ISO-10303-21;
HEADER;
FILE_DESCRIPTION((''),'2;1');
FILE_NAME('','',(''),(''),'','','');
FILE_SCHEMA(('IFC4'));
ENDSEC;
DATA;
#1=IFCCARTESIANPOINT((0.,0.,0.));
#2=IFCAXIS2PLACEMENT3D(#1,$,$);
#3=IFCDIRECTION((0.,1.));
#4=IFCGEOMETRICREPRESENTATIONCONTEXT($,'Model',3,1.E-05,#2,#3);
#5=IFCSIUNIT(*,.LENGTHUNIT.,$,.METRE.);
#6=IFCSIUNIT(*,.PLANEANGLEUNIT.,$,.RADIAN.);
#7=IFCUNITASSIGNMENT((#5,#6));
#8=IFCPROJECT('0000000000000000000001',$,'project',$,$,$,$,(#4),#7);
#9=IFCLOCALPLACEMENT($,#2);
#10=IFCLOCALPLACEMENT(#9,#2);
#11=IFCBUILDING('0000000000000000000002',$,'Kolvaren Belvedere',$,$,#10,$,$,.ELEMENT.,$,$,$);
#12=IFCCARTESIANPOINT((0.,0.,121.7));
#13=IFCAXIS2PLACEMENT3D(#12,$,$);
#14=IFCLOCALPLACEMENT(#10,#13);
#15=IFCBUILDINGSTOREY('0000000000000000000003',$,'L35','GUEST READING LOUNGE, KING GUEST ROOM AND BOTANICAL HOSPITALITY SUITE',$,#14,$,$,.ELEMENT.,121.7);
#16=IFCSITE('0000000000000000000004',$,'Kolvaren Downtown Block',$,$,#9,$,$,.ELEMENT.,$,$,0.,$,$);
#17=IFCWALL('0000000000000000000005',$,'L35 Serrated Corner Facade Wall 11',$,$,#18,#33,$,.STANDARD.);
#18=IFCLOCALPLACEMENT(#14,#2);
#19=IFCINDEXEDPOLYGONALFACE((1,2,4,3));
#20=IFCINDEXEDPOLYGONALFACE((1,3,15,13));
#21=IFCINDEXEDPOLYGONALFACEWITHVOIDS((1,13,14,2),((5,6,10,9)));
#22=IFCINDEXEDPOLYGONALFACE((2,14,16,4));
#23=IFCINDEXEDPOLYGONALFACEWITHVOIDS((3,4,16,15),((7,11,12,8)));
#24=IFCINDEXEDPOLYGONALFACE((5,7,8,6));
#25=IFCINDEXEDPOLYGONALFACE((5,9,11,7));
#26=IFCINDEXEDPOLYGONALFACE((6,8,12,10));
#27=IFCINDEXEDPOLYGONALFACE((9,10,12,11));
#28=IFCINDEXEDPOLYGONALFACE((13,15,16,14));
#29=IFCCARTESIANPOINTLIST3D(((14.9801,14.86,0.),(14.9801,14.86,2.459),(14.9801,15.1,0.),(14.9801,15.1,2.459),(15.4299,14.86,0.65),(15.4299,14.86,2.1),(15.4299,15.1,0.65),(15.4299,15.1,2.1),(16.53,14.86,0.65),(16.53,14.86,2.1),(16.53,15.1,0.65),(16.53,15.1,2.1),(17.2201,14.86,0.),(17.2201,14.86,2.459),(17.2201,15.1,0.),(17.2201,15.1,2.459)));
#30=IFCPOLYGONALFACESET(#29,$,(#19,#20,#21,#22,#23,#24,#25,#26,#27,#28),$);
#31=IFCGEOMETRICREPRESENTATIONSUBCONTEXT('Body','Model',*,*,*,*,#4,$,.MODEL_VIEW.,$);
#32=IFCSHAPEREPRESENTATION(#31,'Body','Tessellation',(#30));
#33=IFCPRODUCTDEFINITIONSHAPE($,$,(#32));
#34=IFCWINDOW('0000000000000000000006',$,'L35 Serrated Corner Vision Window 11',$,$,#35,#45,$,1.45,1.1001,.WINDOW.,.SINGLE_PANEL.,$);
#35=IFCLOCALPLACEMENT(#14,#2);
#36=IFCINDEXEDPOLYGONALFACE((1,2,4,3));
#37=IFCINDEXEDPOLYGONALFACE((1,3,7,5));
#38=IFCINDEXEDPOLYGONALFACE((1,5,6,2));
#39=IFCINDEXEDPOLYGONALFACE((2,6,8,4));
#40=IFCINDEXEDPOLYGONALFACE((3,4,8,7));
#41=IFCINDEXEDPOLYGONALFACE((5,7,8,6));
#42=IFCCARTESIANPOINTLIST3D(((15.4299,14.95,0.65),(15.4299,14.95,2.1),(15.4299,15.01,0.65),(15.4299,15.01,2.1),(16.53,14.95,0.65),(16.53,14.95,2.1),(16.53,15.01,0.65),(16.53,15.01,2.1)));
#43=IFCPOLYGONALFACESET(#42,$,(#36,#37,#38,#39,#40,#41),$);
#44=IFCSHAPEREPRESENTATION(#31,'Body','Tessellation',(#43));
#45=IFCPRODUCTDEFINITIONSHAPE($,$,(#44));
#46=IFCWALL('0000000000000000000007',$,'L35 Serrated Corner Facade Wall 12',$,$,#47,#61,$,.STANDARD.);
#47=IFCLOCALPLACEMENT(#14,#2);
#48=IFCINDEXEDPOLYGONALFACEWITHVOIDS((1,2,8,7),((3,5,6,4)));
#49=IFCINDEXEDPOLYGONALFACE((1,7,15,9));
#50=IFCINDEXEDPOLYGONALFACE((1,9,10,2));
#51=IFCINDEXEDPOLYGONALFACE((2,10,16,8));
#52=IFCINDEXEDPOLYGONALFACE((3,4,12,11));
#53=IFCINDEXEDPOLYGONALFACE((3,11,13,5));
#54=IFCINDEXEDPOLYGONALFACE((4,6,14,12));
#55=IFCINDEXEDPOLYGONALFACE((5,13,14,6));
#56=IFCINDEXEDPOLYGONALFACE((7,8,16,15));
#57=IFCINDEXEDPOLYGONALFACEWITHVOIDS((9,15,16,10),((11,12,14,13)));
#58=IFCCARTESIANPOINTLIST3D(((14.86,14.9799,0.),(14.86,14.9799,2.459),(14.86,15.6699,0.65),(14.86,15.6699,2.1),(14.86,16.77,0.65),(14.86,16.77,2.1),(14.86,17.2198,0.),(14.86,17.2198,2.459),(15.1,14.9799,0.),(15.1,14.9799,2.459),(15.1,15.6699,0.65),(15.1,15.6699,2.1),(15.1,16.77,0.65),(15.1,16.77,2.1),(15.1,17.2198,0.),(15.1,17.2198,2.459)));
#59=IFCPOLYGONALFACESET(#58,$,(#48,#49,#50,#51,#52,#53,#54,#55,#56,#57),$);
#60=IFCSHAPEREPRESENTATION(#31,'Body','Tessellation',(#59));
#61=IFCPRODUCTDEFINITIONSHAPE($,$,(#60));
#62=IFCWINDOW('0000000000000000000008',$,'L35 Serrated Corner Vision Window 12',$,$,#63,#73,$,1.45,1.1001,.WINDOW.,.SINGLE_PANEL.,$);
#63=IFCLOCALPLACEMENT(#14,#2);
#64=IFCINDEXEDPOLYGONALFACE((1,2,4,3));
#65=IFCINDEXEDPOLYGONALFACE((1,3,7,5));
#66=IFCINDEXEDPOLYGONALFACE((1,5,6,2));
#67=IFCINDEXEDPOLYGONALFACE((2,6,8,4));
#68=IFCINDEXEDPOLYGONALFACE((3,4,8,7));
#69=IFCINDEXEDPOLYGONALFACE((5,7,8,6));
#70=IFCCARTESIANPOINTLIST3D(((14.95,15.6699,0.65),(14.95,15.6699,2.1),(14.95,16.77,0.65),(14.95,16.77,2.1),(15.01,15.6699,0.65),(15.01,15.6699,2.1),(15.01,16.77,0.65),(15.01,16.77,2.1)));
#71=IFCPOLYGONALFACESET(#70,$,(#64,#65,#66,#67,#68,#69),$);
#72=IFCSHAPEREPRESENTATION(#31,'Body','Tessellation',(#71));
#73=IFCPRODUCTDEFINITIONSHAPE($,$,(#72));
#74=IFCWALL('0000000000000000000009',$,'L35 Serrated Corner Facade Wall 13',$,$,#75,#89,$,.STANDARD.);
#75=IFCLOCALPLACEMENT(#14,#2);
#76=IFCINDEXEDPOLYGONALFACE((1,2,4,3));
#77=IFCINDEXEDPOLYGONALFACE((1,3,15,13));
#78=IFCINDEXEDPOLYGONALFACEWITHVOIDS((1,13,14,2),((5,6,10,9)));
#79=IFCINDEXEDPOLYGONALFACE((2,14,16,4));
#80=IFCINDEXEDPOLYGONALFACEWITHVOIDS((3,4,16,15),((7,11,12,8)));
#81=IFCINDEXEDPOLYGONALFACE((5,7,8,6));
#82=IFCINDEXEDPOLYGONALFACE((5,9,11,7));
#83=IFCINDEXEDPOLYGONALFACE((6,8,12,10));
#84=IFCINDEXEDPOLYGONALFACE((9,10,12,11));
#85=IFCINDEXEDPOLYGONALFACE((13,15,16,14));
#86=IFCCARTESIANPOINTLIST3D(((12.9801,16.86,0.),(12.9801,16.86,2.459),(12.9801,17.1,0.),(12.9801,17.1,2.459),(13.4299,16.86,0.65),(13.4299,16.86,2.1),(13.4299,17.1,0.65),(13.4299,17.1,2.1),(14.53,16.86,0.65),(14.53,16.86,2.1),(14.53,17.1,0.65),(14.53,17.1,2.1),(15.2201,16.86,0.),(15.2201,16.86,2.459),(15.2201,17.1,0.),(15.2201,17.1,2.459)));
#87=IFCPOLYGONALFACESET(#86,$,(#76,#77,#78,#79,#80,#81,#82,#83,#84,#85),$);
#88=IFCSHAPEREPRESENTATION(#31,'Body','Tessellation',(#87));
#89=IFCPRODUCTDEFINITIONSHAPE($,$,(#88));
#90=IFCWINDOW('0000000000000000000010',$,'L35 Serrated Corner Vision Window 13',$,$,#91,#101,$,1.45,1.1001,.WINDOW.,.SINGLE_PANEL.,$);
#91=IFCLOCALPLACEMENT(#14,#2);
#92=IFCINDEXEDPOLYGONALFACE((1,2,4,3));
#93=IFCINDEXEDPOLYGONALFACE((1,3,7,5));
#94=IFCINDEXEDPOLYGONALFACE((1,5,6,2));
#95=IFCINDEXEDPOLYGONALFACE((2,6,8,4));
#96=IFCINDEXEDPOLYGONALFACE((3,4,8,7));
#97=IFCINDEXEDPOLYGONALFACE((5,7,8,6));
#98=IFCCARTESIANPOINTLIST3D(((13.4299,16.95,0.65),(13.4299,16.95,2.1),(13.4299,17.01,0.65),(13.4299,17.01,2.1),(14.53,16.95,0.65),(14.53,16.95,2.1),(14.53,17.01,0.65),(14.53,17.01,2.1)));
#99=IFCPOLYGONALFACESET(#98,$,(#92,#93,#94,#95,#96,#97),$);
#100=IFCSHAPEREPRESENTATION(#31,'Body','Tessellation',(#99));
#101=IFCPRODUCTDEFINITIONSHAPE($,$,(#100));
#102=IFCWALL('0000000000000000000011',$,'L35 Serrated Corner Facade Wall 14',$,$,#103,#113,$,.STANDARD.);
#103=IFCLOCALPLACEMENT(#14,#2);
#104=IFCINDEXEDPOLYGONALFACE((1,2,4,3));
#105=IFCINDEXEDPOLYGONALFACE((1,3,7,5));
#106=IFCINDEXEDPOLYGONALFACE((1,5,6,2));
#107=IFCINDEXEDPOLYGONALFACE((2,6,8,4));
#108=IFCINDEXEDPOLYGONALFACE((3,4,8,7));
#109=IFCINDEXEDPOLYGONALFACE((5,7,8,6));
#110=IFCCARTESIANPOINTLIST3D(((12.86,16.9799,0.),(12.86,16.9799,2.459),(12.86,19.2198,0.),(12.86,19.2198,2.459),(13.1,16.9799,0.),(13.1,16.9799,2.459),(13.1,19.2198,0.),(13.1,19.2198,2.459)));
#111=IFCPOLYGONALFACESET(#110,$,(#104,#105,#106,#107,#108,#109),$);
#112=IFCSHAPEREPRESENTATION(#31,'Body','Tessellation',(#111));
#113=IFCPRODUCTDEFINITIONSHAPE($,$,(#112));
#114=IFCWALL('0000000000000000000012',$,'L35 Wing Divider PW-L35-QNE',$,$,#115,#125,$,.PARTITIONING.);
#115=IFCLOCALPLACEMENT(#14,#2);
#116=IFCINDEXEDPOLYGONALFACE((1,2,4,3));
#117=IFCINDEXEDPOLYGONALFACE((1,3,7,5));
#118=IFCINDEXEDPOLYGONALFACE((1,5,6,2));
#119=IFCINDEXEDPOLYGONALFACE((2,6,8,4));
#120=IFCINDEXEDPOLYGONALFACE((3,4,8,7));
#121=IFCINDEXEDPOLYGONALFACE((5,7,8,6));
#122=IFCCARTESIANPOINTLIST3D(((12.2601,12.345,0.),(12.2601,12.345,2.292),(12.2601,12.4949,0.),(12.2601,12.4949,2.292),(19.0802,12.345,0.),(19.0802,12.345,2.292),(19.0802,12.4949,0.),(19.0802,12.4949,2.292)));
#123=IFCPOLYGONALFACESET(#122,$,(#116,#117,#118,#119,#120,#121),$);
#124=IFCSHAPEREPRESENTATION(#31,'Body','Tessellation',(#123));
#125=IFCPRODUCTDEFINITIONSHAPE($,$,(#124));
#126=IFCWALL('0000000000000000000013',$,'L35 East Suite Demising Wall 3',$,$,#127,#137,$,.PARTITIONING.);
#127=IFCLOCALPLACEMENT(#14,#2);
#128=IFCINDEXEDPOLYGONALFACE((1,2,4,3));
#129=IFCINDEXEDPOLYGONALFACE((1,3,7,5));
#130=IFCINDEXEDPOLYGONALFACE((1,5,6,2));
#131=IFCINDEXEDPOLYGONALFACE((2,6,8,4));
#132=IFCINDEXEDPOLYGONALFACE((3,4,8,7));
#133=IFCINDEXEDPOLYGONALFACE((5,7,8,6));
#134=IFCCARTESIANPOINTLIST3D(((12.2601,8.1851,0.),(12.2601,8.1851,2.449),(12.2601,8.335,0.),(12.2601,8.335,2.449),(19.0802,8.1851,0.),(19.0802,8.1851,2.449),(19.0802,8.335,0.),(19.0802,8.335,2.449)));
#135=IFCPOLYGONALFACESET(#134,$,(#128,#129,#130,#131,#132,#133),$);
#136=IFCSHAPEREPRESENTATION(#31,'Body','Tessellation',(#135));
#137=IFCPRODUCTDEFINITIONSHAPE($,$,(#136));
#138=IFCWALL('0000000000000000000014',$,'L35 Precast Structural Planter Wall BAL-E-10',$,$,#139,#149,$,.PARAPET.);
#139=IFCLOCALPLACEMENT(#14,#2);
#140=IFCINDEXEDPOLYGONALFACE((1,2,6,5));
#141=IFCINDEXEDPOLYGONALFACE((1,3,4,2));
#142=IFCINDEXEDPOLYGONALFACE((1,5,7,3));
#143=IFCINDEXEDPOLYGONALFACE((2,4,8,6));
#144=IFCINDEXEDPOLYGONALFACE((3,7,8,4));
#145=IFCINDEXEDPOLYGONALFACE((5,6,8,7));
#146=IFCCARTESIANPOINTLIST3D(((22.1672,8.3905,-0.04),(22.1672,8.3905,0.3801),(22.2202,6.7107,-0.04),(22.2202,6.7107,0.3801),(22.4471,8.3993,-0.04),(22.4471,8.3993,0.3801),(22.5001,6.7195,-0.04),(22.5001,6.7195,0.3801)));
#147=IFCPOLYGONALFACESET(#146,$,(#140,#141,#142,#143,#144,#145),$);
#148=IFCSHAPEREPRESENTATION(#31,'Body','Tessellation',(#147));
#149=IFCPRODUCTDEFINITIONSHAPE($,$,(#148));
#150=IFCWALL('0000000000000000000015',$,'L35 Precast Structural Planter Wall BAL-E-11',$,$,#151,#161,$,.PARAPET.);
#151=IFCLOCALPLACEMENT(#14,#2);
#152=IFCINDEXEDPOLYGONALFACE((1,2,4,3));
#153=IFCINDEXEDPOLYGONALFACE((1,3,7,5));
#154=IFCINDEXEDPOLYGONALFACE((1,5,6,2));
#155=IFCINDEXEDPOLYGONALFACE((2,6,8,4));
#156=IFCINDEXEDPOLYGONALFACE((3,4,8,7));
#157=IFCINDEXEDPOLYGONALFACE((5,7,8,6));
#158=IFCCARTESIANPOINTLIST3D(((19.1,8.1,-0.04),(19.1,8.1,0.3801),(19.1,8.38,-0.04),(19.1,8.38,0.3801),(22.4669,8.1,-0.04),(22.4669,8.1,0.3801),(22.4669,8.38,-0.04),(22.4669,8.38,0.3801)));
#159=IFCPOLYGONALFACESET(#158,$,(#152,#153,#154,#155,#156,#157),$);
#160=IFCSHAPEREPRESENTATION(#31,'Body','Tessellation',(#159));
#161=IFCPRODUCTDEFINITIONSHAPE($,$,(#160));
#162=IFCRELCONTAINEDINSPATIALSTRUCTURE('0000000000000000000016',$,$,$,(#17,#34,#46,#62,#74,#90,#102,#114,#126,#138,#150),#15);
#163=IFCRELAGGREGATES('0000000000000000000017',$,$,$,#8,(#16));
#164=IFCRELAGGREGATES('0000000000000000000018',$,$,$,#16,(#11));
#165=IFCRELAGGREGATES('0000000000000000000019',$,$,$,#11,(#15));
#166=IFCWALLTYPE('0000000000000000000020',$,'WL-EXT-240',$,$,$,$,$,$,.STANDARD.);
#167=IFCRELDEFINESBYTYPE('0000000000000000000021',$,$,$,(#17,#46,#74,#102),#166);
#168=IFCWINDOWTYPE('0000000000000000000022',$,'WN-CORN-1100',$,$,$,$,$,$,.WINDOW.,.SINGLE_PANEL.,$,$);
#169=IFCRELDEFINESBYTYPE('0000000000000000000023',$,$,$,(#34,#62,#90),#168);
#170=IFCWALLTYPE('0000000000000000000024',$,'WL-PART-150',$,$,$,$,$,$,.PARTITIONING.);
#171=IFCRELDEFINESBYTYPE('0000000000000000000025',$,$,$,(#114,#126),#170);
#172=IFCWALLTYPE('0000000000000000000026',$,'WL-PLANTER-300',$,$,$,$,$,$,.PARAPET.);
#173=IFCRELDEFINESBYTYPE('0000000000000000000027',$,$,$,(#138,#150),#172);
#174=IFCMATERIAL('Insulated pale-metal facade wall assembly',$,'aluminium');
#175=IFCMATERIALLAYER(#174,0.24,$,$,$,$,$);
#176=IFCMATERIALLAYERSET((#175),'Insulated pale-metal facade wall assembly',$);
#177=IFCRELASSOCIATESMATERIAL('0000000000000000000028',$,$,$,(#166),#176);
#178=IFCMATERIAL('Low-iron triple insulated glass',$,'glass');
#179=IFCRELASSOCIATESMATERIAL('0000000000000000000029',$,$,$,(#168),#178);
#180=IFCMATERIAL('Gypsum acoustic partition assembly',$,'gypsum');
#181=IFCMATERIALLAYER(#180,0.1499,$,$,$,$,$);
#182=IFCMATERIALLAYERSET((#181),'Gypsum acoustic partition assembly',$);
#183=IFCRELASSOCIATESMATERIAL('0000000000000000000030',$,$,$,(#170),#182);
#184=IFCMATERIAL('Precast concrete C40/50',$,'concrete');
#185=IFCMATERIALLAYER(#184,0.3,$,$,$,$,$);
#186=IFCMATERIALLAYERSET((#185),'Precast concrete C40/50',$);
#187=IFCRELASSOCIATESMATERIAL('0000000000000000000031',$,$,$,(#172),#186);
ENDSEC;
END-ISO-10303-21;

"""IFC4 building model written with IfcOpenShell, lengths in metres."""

from ifc_helpers import new_model, si_unit, direction, frame, frame_2d, origin, place, context, subcontext, project, spatial, rectangle, extrude, material, layer, layer_set, type_object, element, fill, save


model = new_model("IFC4")

# Units and contexts
model_context = context("Model", 3, precision=1e-05, world=origin(), true_north=direction((0.0, 1.0)))
body_context = subcontext(model_context, "Body", "Model", "MODEL_VIEW")
ifc_project = project(units=[si_unit("LENGTHUNIT", "METRE"), si_unit("PLANEANGLEUNIT", "RADIAN")], contexts=[model_context])

# Site, building, storey
site_placement = place(None, origin())
site = spatial("IfcSite", under=ifc_project, at=site_placement, Name="Kolvaren Downtown Block", CompositionType="ELEMENT", RefElevation=0.0)
building_placement = place(site_placement, origin())
building = spatial("IfcBuilding", under=site, at=building_placement, Name="Kolvaren Belvedere", CompositionType="ELEMENT")
storey_placement = place(building_placement, frame((0.0, 0.0, 121.7)))
storey = spatial("IfcBuildingStorey", under=building, at=storey_placement, Name="L35", Description="GUEST READING LOUNGE, KING GUEST ROOM AND BOTANICAL HOSPITALITY SUITE", CompositionType="ELEMENT", Elevation=121.7)

# Shared definitions
ifc_material_1 = material(Name="Insulated pale-metal facade wall assembly", Category="aluminium")
ifc_layer_1 = layer(ifc_material_1, 0.24)
ifc_layer_set_1 = layer_set([ifc_layer_1], Name="Insulated pale-metal facade wall assembly")
wall_type_1 = type_object("IfcWallType", Name="WL-EXT-240", PredefinedType="STANDARD", material=ifc_layer_set_1)

# Walls, openings, windows
ifc_material_2 = material(Name="Low-iron triple insulated glass", Category="glass")
window_type = type_object("IfcWindowType", Name="WN-CORN-1100", PartitioningType="SINGLE_PANEL", PredefinedType="WINDOW", material=ifc_material_2)
wall_1_placement = place(storey_placement, frame((14.98, 14.98, 0.0), z_axis=(0.0, 0.0, 1.0), x_axis=(1.0, 0.0, 0.0)))
wall_1 = element("IfcWall", 1, at=wall_1_placement, inside=storey, type_object=wall_type_1, Name="L35 Serrated Corner Facade Wall 11", PredefinedType="STANDARD", context=body_context, shape_type="SweptSolid", body=[
    extrude(rectangle(XDim=2.24, YDim=0.24, at=frame_2d((1.1201, 0.0))), origin(), (0.0, 0.0, 1.0), 2.459),
])
opening_1_placement = place(wall_1_placement, frame((0.45, 0.0, 0.6499)))
opening_1 = element("IfcOpeningElement", 2, at=opening_1_placement, cuts=wall_1, PredefinedType="OPENING", context=body_context, shape_type="SweptSolid", body=[
    extrude(rectangle(XDim=1.1001, YDim=1.45, at=frame_2d((0.55, 0.7251))), frame((0.0, 0.1299, 0.0), z_axis=(0.0, -1.0, 0.0), x_axis=(1.0, 0.0, 0.0)), (0.0, 0.0, 1.0), 0.26),
])
window_1_placement = place(opening_1_placement, origin())
window_1 = element("IfcWindow", 3, at=window_1_placement, inside=storey, type_object=window_type, Name="L35 Serrated Corner Vision Window 11", OverallHeight=1.45, OverallWidth=1.1001, PartitioningType="SINGLE_PANEL", PredefinedType="WINDOW", context=body_context, shape_type="SweptSolid", body=[
    extrude(rectangle(XDim=1.1001, YDim=1.45, at=frame_2d((0.55, 0.7251))), frame((0.0, 0.03, 0.0), z_axis=(0.0, -1.0, 0.0), x_axis=(1.0, 0.0, 0.0)), (0.0, 0.0, 1.0), 0.0601),
])
fill(opening_1, window_1)
wall_2_placement = place(storey_placement, frame((14.98, 17.22, 0.0), z_axis=(0.0, 0.0, 1.0), x_axis=(0.0, -1.0, 0.0)))
wall_2 = element("IfcWall", 4, at=wall_2_placement, inside=storey, type_object=wall_type_1, Name="L35 Serrated Corner Facade Wall 12", PredefinedType="STANDARD", context=body_context, shape_type="SweptSolid", body=[
    extrude(rectangle(XDim=2.24, YDim=0.24, at=frame_2d((1.1201, 0.0))), origin(), (0.0, 0.0, 1.0), 2.459),
])
opening_2_placement = place(wall_2_placement, frame((0.45, 0.0, 0.6499)))
opening_2 = element("IfcOpeningElement", 5, at=opening_2_placement, cuts=wall_2, PredefinedType="OPENING", context=body_context, shape_type="SweptSolid", body=[
    extrude(rectangle(XDim=1.1001, YDim=1.45, at=frame_2d((0.55, 0.7251))), frame((0.0, 0.1299, 0.0), z_axis=(0.0, -1.0, 0.0), x_axis=(1.0, 0.0, 0.0)), (0.0, 0.0, 1.0), 0.26),
])
window_2_placement = place(opening_2_placement, origin())
window_2 = element("IfcWindow", 6, at=window_2_placement, inside=storey, type_object=window_type, Name="L35 Serrated Corner Vision Window 12", OverallHeight=1.45, OverallWidth=1.1001, PartitioningType="SINGLE_PANEL", PredefinedType="WINDOW", context=body_context, shape_type="SweptSolid", body=[
    extrude(rectangle(XDim=1.1001, YDim=1.45, at=frame_2d((0.55, 0.7251))), frame((0.0, 0.03, 0.0), z_axis=(0.0, -1.0, 0.0), x_axis=(1.0, 0.0, 0.0)), (0.0, 0.0, 1.0), 0.0601),
])
fill(opening_2, window_2)
wall_3_placement = place(storey_placement, frame((12.98, 16.98, 0.0), z_axis=(0.0, 0.0, 1.0), x_axis=(1.0, 0.0, 0.0)))
wall_3 = element("IfcWall", 7, at=wall_3_placement, inside=storey, type_object=wall_type_1, Name="L35 Serrated Corner Facade Wall 13", PredefinedType="STANDARD", context=body_context, shape_type="SweptSolid", body=[
    extrude(rectangle(XDim=2.24, YDim=0.24, at=frame_2d((1.1201, 0.0))), origin(), (0.0, 0.0, 1.0), 2.459),
])
opening_3_placement = place(wall_3_placement, frame((0.45, 0.0, 0.6499)))
opening_3 = element("IfcOpeningElement", 8, at=opening_3_placement, cuts=wall_3, PredefinedType="OPENING", context=body_context, shape_type="SweptSolid", body=[
    extrude(rectangle(XDim=1.1001, YDim=1.45, at=frame_2d((0.55, 0.7251))), frame((0.0, 0.1299, 0.0), z_axis=(0.0, -1.0, 0.0), x_axis=(1.0, 0.0, 0.0)), (0.0, 0.0, 1.0), 0.26),
])
window_3_placement = place(opening_3_placement, origin())
window_3 = element("IfcWindow", 9, at=window_3_placement, inside=storey, type_object=window_type, Name="L35 Serrated Corner Vision Window 13", OverallHeight=1.45, OverallWidth=1.1001, PartitioningType="SINGLE_PANEL", PredefinedType="WINDOW", context=body_context, shape_type="SweptSolid", body=[
    extrude(rectangle(XDim=1.1001, YDim=1.45, at=frame_2d((0.55, 0.7251))), frame((0.0, 0.03, 0.0), z_axis=(0.0, -1.0, 0.0), x_axis=(1.0, 0.0, 0.0)), (0.0, 0.0, 1.0), 0.0601),
])
fill(opening_3, window_3)

# Walls
wall_4_placement = place(storey_placement, frame((12.98, 19.22, 0.0), z_axis=(0.0, 0.0, 1.0), x_axis=(0.0, -1.0, 0.0)))
element("IfcWall", 10, at=wall_4_placement, inside=storey, type_object=wall_type_1, Name="L35 Serrated Corner Facade Wall 14", PredefinedType="STANDARD", context=body_context, shape_type="SweptSolid", body=[
    extrude(rectangle(XDim=2.24, YDim=0.24, at=frame_2d((1.1201, 0.0))), origin(), (0.0, 0.0, 1.0), 2.459),
])
ifc_material_3 = material(Name="Gypsum acoustic partition assembly", Category="gypsum")
ifc_layer_2 = layer(ifc_material_3, 0.1499)
ifc_layer_set_2 = layer_set([ifc_layer_2], Name="Gypsum acoustic partition assembly")
wall_type_2 = type_object("IfcWallType", Name="WL-PART-150", PredefinedType="PARTITIONING", material=ifc_layer_set_2)
wall_5_placement = place(storey_placement, frame((12.26, 12.4199, 0.0), z_axis=(0.0, 0.0, 1.0), x_axis=(1.0, 0.0, 0.0)))
element("IfcWall", 11, at=wall_5_placement, inside=storey, type_object=wall_type_2, Name="L35 Wing Divider PW-L35-QNE", PredefinedType="PARTITIONING", context=body_context, shape_type="SweptSolid", body=[
    extrude(rectangle(XDim=6.8201, YDim=0.1499, at=frame_2d((3.4102, 0.0))), origin(), (0.0, 0.0, 1.0), 2.292),
])
wall_6_placement = place(storey_placement, frame((12.26, 8.26, 0.0), z_axis=(0.0, 0.0, 1.0), x_axis=(1.0, 0.0, 0.0)))
element("IfcWall", 12, at=wall_6_placement, inside=storey, type_object=wall_type_2, Name="L35 East Suite Demising Wall 3", PredefinedType="PARTITIONING", context=body_context, shape_type="SweptSolid", body=[
    extrude(rectangle(XDim=6.8201, YDim=0.1499, at=frame_2d((3.4102, 0.0))), origin(), (0.0, 0.0, 1.0), 2.449),
])
ifc_material_4 = material(Name="Precast concrete C40/50", Category="concrete")
ifc_layer_3 = layer(ifc_material_4, 0.3)
ifc_layer_set_3 = layer_set([ifc_layer_3], Name="Precast concrete C40/50")
wall_type_3 = type_object("IfcWallType", Name="WL-PLANTER-300", PredefinedType="PARAPET", material=ifc_layer_set_3)
wall_7_placement = place(storey_placement, frame((22.3601, 6.7151, -0.04), z_axis=(0.0, 0.0, 1.0), x_axis=(-0.03152, 0.999503, 0.0)))
element("IfcWall", 13, at=wall_7_placement, inside=storey, type_object=wall_type_3, Name="L35 Precast Structural Planter Wall BAL-E-10", PredefinedType="PARAPET", context=body_context, shape_type="SweptSolid", body=[
    extrude(rectangle(XDim=1.6807, YDim=0.28, at=frame_2d((0.8403, 0.0))), origin(), (0.0, 0.0, 1.0), 0.4202),
])
wall_8_placement = place(storey_placement, frame((22.467, 8.24, -0.04), z_axis=(0.0, 0.0, 1.0), x_axis=(-1.0, 0.0, 0.0)))
element("IfcWall", 14, at=wall_8_placement, inside=storey, type_object=wall_type_3, Name="L35 Precast Structural Planter Wall BAL-E-11", PredefinedType="PARAPET", context=body_context, shape_type="SweptSolid", body=[
    extrude(rectangle(XDim=3.3669, YDim=0.28, at=frame_2d((1.6836, 0.0))), origin(), (0.0, 0.0, 1.0), 0.4202),
])

save(model, "model.ifc")
